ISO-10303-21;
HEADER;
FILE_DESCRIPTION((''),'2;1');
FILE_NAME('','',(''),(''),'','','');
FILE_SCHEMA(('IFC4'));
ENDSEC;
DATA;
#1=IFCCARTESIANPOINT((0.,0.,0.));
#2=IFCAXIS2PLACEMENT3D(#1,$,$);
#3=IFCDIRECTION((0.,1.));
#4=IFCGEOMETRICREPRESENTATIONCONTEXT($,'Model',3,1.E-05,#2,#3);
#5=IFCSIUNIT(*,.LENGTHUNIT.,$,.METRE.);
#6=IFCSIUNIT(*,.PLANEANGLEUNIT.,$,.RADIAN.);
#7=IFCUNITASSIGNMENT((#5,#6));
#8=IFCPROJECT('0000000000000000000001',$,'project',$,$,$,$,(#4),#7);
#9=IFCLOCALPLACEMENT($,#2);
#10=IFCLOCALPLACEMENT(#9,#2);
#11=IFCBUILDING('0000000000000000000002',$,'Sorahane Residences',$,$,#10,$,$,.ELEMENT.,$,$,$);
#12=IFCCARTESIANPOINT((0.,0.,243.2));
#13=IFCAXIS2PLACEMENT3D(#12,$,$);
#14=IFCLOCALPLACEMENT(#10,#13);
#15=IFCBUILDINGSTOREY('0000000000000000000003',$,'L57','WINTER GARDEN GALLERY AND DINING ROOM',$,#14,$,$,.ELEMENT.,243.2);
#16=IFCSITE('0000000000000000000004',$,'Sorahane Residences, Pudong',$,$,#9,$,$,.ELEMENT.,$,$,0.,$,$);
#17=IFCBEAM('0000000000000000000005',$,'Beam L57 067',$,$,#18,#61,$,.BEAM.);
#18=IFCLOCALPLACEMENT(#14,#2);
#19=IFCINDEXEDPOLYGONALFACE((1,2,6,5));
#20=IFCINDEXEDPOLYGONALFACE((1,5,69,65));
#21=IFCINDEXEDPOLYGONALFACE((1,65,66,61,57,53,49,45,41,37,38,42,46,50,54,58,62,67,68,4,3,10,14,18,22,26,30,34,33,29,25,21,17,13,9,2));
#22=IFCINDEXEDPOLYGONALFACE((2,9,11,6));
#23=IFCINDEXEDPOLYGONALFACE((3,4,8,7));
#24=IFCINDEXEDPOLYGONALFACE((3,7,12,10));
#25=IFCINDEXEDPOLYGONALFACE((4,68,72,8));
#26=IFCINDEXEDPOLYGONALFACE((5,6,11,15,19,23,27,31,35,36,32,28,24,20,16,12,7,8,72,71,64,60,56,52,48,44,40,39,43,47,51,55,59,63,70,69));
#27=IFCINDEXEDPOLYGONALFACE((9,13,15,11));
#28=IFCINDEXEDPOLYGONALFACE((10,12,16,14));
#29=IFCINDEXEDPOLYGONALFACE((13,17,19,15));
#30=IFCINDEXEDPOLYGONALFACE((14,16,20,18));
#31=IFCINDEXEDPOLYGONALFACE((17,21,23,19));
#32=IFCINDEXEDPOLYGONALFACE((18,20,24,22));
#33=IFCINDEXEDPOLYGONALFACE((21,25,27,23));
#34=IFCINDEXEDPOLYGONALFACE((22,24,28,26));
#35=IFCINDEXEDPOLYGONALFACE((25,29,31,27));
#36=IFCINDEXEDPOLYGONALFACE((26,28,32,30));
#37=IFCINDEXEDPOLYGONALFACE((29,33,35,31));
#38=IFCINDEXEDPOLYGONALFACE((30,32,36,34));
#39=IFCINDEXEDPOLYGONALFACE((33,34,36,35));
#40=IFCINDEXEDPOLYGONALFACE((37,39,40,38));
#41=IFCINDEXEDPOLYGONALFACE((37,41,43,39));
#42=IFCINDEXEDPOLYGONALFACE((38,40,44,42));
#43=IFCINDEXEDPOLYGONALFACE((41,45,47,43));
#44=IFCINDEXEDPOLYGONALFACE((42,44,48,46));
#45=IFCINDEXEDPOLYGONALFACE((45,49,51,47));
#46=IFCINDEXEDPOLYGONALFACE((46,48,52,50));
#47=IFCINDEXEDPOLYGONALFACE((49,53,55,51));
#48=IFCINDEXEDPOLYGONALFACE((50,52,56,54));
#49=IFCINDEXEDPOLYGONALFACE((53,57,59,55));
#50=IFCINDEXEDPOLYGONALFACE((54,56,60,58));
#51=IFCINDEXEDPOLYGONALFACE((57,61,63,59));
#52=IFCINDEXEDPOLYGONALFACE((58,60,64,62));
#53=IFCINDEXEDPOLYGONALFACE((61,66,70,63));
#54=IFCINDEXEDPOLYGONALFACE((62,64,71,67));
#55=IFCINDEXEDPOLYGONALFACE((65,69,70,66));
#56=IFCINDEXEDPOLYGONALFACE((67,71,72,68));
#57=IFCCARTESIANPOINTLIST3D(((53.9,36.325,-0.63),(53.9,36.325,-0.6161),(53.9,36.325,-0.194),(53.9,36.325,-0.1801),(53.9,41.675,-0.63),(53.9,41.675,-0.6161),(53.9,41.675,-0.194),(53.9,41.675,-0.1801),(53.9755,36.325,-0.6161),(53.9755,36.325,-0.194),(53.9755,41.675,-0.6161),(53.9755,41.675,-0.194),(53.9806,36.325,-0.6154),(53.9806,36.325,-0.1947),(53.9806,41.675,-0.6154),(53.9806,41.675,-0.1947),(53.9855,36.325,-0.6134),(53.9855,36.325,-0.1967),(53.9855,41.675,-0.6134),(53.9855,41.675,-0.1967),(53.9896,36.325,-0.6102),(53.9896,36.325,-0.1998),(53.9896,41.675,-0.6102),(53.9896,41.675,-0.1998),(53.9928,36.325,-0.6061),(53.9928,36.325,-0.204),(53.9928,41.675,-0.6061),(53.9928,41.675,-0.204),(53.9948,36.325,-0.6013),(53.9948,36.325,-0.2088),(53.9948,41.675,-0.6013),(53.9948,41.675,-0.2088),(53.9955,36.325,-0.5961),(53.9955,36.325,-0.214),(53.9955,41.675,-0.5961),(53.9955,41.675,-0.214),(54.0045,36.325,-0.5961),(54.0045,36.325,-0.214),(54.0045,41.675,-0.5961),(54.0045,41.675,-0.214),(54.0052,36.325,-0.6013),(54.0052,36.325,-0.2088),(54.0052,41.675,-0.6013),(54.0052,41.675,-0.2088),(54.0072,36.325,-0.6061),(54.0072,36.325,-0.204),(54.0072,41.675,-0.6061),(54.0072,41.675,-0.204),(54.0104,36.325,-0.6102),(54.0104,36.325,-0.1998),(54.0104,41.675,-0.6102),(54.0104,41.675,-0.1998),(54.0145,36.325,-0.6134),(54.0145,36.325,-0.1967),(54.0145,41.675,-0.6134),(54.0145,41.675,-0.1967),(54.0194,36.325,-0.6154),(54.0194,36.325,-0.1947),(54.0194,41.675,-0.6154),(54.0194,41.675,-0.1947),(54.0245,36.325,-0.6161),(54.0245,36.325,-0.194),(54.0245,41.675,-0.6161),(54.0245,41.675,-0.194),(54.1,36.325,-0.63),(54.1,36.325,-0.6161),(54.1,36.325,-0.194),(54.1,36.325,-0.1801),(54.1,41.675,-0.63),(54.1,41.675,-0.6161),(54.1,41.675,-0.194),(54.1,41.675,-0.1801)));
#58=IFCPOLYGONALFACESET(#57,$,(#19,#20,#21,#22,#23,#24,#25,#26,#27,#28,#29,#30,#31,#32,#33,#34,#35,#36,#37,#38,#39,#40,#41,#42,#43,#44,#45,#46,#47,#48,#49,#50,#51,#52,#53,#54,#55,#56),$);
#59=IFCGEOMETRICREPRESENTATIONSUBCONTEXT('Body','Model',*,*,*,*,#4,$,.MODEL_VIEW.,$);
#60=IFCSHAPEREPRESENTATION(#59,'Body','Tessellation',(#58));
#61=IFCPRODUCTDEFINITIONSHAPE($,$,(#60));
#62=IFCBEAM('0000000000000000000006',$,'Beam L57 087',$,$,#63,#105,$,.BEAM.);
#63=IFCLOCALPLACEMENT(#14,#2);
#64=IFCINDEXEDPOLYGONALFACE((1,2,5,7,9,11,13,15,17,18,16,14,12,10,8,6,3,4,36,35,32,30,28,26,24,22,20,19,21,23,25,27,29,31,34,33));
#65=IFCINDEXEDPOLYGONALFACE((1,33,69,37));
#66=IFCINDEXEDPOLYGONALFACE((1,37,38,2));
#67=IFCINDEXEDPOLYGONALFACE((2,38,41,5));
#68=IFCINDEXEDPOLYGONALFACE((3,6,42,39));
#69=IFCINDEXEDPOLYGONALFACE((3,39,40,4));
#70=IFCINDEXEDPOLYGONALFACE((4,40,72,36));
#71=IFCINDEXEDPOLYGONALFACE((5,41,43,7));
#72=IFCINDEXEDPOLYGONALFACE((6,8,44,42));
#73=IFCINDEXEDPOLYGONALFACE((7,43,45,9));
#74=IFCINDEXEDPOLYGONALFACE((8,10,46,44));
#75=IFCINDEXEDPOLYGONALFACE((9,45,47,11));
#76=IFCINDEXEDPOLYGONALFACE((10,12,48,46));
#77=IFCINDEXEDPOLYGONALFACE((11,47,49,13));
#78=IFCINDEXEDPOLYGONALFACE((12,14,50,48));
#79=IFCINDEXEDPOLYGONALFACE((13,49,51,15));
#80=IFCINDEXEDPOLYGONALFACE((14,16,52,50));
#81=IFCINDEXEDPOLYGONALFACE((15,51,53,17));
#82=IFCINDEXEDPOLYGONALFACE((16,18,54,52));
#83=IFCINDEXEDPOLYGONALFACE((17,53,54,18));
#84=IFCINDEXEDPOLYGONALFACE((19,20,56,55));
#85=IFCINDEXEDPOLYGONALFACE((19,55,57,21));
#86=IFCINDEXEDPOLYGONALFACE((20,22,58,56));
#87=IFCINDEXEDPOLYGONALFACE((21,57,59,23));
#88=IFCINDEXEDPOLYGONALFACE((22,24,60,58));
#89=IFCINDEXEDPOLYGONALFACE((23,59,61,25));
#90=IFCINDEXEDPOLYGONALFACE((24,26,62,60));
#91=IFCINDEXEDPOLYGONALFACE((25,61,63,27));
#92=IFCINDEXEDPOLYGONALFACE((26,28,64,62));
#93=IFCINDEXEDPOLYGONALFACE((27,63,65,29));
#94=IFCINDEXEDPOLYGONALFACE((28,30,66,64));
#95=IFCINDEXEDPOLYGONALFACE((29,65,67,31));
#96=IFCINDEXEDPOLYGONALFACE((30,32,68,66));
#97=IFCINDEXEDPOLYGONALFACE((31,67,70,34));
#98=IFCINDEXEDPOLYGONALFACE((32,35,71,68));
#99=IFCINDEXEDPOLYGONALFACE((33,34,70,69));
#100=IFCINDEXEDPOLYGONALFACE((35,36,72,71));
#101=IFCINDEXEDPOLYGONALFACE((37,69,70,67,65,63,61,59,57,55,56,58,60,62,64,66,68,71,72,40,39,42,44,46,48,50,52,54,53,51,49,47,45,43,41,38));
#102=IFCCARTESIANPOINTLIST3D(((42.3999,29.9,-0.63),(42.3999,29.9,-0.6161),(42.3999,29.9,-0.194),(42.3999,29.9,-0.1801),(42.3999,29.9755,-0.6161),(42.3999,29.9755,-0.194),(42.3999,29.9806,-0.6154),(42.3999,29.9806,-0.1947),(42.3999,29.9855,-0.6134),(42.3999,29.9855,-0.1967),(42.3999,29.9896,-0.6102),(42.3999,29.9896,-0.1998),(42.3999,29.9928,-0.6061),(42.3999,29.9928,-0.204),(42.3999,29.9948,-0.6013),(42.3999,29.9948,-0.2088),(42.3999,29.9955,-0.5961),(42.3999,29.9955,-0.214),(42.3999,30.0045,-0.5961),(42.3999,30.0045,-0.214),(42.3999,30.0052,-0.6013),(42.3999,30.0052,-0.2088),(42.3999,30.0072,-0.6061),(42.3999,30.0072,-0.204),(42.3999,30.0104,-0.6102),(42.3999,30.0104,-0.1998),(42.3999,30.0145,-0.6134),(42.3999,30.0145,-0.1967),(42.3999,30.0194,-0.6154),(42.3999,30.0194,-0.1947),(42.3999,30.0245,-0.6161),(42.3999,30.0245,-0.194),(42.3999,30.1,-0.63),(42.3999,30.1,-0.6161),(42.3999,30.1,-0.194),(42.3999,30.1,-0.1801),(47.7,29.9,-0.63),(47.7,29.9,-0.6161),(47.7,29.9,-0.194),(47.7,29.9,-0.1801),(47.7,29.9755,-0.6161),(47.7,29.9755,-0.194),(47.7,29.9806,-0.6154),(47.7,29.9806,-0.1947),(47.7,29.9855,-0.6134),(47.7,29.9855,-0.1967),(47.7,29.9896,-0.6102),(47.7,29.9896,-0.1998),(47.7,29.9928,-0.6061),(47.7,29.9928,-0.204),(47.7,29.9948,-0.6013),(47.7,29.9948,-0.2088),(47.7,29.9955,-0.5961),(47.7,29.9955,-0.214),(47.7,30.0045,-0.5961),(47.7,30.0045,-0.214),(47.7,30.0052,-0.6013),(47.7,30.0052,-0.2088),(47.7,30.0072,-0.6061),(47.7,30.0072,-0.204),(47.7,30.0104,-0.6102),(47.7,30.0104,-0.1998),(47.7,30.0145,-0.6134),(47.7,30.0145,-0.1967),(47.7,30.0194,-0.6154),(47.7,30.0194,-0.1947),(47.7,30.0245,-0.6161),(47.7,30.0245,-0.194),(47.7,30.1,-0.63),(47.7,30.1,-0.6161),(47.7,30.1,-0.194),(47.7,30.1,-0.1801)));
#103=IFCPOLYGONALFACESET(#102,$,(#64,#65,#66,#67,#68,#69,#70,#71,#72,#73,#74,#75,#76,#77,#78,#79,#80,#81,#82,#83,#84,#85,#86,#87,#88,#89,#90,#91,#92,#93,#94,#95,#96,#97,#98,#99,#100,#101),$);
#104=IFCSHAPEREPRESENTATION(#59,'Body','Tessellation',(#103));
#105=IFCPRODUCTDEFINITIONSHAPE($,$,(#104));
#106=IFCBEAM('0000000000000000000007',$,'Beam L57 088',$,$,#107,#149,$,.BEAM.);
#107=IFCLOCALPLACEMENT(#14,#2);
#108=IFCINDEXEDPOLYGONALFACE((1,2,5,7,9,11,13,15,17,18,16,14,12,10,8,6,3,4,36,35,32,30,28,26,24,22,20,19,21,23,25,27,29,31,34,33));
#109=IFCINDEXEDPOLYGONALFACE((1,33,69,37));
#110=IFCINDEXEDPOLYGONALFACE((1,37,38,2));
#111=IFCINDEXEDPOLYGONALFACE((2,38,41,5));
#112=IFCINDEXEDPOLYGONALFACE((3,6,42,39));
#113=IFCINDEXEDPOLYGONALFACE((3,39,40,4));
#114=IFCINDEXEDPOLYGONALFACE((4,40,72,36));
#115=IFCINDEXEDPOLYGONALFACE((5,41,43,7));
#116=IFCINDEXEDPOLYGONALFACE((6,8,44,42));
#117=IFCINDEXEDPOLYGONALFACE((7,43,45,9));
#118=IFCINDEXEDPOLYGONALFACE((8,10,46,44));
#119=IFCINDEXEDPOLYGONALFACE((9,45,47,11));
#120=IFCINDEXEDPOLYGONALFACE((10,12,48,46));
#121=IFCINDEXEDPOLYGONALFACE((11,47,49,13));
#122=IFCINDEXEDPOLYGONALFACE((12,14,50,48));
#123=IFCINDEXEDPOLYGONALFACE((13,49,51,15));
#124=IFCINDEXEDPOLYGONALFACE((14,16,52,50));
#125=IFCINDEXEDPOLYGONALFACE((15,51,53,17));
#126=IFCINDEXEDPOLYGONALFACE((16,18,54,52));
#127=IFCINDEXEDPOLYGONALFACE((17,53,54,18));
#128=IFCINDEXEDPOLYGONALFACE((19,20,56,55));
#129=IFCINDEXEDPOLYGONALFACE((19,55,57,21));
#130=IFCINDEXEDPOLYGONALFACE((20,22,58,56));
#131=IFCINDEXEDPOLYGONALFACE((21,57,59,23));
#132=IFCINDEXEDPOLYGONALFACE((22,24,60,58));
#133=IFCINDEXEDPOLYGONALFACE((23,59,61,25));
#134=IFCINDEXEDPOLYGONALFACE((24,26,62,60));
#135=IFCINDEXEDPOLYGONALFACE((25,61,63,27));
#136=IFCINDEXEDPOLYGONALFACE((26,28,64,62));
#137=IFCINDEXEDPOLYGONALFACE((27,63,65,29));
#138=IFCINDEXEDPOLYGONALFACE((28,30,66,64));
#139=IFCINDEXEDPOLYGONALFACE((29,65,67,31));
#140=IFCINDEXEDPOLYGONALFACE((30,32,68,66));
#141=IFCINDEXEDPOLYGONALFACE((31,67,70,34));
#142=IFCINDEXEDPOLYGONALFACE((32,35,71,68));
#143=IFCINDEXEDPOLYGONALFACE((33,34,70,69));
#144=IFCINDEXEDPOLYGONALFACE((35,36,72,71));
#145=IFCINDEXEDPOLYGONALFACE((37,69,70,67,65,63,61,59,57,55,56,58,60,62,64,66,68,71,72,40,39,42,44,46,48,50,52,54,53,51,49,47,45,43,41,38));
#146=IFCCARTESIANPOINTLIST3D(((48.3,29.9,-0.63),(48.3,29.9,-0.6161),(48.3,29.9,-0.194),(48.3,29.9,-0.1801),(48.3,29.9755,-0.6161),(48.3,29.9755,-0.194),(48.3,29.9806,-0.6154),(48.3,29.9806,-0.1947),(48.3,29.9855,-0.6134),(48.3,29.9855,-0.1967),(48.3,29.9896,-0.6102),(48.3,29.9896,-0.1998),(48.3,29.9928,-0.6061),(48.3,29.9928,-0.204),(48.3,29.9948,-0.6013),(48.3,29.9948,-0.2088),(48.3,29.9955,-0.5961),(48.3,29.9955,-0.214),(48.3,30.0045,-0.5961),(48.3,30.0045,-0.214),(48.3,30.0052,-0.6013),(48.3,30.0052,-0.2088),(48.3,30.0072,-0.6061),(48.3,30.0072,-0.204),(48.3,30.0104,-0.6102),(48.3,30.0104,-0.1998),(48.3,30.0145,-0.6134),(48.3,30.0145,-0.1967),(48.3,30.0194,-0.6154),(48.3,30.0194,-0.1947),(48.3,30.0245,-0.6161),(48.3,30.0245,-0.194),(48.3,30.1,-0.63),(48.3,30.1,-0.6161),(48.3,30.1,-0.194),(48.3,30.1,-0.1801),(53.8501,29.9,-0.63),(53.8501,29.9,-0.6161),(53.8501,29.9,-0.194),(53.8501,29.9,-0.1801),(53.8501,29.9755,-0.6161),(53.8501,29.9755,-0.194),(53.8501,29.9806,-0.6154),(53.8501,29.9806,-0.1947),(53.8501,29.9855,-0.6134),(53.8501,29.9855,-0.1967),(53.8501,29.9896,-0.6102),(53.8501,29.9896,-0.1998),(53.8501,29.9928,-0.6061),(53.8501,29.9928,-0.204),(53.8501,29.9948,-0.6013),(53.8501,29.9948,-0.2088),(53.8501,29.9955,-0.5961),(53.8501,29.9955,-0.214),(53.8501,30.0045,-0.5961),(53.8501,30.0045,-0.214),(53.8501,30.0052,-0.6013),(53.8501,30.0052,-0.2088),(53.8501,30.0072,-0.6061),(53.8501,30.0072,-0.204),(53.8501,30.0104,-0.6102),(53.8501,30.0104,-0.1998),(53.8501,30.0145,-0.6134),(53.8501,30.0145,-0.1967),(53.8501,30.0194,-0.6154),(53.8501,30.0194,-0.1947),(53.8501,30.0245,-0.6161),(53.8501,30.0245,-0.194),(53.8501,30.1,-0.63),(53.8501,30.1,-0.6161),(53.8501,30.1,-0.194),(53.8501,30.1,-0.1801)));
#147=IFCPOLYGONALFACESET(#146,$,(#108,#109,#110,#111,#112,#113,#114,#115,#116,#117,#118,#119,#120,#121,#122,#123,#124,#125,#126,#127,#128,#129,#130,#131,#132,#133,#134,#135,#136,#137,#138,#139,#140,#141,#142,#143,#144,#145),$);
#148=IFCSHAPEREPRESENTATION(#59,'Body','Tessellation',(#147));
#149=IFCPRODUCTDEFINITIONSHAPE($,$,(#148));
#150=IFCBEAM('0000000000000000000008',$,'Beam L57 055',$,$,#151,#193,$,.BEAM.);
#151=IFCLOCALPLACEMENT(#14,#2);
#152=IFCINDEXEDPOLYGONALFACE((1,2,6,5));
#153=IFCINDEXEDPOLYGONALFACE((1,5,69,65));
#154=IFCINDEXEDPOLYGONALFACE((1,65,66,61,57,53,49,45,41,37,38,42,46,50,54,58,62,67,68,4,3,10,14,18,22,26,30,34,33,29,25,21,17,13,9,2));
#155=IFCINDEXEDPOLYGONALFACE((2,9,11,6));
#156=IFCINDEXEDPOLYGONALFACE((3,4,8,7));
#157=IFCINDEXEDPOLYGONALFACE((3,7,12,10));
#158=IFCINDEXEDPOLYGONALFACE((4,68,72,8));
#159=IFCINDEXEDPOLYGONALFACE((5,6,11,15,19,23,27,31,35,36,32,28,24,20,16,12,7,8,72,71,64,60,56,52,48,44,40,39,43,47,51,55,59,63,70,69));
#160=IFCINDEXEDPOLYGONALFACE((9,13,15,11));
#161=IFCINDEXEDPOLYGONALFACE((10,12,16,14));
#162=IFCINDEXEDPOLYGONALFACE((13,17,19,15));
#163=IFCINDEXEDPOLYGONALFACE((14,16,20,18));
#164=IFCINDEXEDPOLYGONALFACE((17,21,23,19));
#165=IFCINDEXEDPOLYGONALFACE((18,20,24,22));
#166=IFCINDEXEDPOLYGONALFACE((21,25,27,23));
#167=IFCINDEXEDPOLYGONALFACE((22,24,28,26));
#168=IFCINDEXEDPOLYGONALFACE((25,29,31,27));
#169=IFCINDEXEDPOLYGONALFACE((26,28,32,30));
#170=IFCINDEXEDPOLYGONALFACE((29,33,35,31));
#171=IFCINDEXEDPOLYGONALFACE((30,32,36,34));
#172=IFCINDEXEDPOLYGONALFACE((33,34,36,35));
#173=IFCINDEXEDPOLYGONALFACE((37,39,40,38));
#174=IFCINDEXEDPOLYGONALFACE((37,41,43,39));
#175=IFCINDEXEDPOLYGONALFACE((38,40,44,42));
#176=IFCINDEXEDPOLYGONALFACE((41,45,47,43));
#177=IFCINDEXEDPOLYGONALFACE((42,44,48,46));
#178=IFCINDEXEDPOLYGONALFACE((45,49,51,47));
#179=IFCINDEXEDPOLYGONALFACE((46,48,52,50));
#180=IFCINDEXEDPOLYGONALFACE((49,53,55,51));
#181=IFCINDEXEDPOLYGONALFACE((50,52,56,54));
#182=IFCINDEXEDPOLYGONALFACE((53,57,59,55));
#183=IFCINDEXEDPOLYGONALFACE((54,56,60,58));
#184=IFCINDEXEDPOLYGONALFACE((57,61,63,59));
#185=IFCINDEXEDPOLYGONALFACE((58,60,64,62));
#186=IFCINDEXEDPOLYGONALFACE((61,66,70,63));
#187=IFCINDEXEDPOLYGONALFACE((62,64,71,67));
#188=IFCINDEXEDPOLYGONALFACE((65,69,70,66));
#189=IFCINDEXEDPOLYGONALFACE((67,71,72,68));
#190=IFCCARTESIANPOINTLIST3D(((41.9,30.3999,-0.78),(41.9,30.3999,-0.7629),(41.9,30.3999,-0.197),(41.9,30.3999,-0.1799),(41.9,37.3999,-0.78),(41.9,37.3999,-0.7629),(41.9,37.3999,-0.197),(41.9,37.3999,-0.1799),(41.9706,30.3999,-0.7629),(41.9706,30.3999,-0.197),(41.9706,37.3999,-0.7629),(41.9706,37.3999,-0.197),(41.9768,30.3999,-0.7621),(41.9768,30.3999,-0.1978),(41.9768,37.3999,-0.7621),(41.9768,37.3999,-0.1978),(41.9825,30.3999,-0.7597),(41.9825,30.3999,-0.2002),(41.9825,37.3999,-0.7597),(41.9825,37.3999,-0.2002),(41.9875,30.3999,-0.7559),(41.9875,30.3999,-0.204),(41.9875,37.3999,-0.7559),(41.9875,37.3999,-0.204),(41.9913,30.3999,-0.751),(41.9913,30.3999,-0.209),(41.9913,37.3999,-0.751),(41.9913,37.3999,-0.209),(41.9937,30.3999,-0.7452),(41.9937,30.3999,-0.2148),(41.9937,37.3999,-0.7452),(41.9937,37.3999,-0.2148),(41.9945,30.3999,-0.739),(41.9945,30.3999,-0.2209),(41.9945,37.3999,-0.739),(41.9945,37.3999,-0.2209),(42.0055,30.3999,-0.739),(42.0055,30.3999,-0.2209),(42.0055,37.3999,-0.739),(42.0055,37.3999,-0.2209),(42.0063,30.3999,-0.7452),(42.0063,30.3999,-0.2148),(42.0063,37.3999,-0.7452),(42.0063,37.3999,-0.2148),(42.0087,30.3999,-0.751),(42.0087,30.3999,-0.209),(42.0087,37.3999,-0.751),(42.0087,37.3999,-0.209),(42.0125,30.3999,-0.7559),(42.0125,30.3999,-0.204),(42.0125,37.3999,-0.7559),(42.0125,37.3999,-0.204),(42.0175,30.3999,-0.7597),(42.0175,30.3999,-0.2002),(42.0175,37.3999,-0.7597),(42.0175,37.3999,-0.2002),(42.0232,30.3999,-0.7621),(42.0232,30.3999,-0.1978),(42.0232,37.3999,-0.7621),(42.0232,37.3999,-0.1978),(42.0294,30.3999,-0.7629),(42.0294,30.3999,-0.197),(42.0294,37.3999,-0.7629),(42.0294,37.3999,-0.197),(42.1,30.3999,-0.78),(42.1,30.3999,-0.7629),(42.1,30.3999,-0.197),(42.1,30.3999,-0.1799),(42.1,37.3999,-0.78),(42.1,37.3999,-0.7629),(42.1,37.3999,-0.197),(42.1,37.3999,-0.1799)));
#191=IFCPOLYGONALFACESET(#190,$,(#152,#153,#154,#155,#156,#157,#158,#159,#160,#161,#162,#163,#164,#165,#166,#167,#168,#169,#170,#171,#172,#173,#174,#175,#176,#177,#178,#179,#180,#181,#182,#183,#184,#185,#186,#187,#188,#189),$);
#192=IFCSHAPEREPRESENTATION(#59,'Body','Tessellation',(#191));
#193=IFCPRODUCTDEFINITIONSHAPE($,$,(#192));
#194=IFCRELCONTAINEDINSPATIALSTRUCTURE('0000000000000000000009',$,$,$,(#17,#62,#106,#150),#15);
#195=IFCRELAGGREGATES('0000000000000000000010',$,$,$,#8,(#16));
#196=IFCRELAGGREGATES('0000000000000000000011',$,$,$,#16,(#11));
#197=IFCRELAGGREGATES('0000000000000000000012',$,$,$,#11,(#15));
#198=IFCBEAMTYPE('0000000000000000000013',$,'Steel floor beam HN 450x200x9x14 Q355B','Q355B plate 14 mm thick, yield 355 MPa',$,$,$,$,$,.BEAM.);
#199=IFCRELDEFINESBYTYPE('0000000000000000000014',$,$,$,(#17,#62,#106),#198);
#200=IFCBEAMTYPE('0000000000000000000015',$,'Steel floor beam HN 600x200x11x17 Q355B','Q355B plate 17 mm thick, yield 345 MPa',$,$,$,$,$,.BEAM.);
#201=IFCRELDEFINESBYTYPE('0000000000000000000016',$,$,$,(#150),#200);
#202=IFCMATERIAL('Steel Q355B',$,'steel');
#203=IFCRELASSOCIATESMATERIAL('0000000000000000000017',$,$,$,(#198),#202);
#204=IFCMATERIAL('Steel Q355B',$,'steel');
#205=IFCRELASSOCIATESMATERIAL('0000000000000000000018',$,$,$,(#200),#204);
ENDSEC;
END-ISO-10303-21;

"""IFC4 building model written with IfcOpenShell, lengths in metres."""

from ifc_helpers import new_model, si_unit, direction, frame, origin, origin_2d, place, context, subcontext, project, spatial, i_section, extrude, material, material_profile, profile_set, type_object, element, save


model = new_model("IFC4")

# Units and contexts
model_context = context("Model", 3, precision=1e-05, world=origin(), true_north=direction((0.0, 1.0)))
body_context = subcontext(model_context, "Body", "Model", "MODEL_VIEW")
ifc_project = project(units=[si_unit("LENGTHUNIT", "METRE"), si_unit("PLANEANGLEUNIT", "RADIAN")], contexts=[model_context])

# Site, building, storey
site_placement = place(None, origin())
site = spatial("IfcSite", under=ifc_project, at=site_placement, Name="Sorahane Residences, Pudong", CompositionType="ELEMENT", RefElevation=0.0)
building_placement = place(site_placement, origin())
building = spatial("IfcBuilding", under=site, at=building_placement, Name="Sorahane Residences", CompositionType="ELEMENT")
storey_placement = place(building_placement, frame((0.0, 0.0, 243.2)))
storey = spatial("IfcBuildingStorey", under=building, at=storey_placement, Name="L57", Description="WINTER GARDEN GALLERY AND DINING ROOM", CompositionType="ELEMENT", Elevation=243.2)

# Beams
ifc_material_1 = material(Name="Steel Q355B", Category="steel")
ifc_material_profile_1 = material_profile(ifc_material_1, i_section(OverallWidth=0.2, OverallDepth=0.45, WebThickness=0.009, FlangeThickness=0.0139, FilletRadius=0.02, at=origin_2d()), Name="HN 450x200x9x14")
ifc_profile_set_1 = profile_set([ifc_material_profile_1], Name="Steel Q355B")
beam_type_1 = type_object("IfcBeamType", Name="Steel floor beam HN 450x200x9x14 Q355B", Description="Q355B plate 14 mm thick, yield 355 MPa", PredefinedType="BEAM", material=ifc_profile_set_1)
beam_1_placement = place(storey_placement, frame((54.0, 36.325, -0.405), z_axis=(0.0, 1.0, 0.0), x_axis=(-1.0, 0.0, 0.0)))
element("IfcBeam", 1, at=beam_1_placement, inside=storey, type_object=beam_type_1, Name="Beam L57 067", PredefinedType="BEAM", context=body_context, shape_type="SweptSolid", body=[
    extrude(i_section(OverallWidth=0.2, OverallDepth=0.45, WebThickness=0.009, FlangeThickness=0.0139, FilletRadius=0.02, at=origin_2d()), origin(), (0.0, 0.0, 1.0), 5.3501),
])
beam_2_placement = place(storey_placement, frame((42.3999, 30.0, -0.405), z_axis=(1.0, 0.0, 0.0), x_axis=(0.0, 1.0, 0.0)))
element("IfcBeam", 2, at=beam_2_placement, inside=storey, type_object=beam_type_1, Name="Beam L57 087", PredefinedType="BEAM", context=body_context, shape_type="SweptSolid", body=[
    extrude(i_section(OverallWidth=0.2, OverallDepth=0.45, WebThickness=0.009, FlangeThickness=0.0139, FilletRadius=0.02, at=origin_2d()), origin(), (0.0, 0.0, 1.0), 5.3),
])
beam_3_placement = place(storey_placement, frame((48.3, 30.0, -0.405), z_axis=(1.0, 0.0, 0.0), x_axis=(0.0, 1.0, 0.0)))
element("IfcBeam", 3, at=beam_3_placement, inside=storey, type_object=beam_type_1, Name="Beam L57 088", PredefinedType="BEAM", context=body_context, shape_type="SweptSolid", body=[
    extrude(i_section(OverallWidth=0.2, OverallDepth=0.45, WebThickness=0.009, FlangeThickness=0.0139, FilletRadius=0.02, at=origin_2d()), origin(), (0.0, 0.0, 1.0), 5.55),
])
ifc_material_2 = material(Name="Steel Q355B", Category="steel")
ifc_material_profile_2 = material_profile(ifc_material_2, i_section(OverallWidth=0.2, OverallDepth=0.6001, WebThickness=0.011, FlangeThickness=0.0171, FilletRadius=0.0239, at=origin_2d()), Name="HN 600x200x11x17")
ifc_profile_set_2 = profile_set([ifc_material_profile_2], Name="Steel Q355B")
beam_type_2 = type_object("IfcBeamType", Name="Steel floor beam HN 600x200x11x17 Q355B", Description="Q355B plate 17 mm thick, yield 345 MPa", PredefinedType="BEAM", material=ifc_profile_set_2)
for number, where, z_axis, x_axis, name in (
    (4, (42.0, 30.3999, -0.48), (0.0, 1.0, 0.0), (-1.0, 0.0, 0.0), "Beam L57 055"),
):
    element("IfcBeam", number, at=place(storey_placement, frame(where, z_axis=z_axis, x_axis=x_axis)), inside=storey, type_object=beam_type_2, Name=name, PredefinedType="BEAM", context=body_context, shape_type="SweptSolid", body=[
        extrude(i_section(OverallWidth=0.2, OverallDepth=0.6001, WebThickness=0.011, FlangeThickness=0.0171, FilletRadius=0.0239, at=origin_2d()), origin(), (0.0, 0.0, 1.0), 7.0),
    ])

save(model, "model.ifc")
